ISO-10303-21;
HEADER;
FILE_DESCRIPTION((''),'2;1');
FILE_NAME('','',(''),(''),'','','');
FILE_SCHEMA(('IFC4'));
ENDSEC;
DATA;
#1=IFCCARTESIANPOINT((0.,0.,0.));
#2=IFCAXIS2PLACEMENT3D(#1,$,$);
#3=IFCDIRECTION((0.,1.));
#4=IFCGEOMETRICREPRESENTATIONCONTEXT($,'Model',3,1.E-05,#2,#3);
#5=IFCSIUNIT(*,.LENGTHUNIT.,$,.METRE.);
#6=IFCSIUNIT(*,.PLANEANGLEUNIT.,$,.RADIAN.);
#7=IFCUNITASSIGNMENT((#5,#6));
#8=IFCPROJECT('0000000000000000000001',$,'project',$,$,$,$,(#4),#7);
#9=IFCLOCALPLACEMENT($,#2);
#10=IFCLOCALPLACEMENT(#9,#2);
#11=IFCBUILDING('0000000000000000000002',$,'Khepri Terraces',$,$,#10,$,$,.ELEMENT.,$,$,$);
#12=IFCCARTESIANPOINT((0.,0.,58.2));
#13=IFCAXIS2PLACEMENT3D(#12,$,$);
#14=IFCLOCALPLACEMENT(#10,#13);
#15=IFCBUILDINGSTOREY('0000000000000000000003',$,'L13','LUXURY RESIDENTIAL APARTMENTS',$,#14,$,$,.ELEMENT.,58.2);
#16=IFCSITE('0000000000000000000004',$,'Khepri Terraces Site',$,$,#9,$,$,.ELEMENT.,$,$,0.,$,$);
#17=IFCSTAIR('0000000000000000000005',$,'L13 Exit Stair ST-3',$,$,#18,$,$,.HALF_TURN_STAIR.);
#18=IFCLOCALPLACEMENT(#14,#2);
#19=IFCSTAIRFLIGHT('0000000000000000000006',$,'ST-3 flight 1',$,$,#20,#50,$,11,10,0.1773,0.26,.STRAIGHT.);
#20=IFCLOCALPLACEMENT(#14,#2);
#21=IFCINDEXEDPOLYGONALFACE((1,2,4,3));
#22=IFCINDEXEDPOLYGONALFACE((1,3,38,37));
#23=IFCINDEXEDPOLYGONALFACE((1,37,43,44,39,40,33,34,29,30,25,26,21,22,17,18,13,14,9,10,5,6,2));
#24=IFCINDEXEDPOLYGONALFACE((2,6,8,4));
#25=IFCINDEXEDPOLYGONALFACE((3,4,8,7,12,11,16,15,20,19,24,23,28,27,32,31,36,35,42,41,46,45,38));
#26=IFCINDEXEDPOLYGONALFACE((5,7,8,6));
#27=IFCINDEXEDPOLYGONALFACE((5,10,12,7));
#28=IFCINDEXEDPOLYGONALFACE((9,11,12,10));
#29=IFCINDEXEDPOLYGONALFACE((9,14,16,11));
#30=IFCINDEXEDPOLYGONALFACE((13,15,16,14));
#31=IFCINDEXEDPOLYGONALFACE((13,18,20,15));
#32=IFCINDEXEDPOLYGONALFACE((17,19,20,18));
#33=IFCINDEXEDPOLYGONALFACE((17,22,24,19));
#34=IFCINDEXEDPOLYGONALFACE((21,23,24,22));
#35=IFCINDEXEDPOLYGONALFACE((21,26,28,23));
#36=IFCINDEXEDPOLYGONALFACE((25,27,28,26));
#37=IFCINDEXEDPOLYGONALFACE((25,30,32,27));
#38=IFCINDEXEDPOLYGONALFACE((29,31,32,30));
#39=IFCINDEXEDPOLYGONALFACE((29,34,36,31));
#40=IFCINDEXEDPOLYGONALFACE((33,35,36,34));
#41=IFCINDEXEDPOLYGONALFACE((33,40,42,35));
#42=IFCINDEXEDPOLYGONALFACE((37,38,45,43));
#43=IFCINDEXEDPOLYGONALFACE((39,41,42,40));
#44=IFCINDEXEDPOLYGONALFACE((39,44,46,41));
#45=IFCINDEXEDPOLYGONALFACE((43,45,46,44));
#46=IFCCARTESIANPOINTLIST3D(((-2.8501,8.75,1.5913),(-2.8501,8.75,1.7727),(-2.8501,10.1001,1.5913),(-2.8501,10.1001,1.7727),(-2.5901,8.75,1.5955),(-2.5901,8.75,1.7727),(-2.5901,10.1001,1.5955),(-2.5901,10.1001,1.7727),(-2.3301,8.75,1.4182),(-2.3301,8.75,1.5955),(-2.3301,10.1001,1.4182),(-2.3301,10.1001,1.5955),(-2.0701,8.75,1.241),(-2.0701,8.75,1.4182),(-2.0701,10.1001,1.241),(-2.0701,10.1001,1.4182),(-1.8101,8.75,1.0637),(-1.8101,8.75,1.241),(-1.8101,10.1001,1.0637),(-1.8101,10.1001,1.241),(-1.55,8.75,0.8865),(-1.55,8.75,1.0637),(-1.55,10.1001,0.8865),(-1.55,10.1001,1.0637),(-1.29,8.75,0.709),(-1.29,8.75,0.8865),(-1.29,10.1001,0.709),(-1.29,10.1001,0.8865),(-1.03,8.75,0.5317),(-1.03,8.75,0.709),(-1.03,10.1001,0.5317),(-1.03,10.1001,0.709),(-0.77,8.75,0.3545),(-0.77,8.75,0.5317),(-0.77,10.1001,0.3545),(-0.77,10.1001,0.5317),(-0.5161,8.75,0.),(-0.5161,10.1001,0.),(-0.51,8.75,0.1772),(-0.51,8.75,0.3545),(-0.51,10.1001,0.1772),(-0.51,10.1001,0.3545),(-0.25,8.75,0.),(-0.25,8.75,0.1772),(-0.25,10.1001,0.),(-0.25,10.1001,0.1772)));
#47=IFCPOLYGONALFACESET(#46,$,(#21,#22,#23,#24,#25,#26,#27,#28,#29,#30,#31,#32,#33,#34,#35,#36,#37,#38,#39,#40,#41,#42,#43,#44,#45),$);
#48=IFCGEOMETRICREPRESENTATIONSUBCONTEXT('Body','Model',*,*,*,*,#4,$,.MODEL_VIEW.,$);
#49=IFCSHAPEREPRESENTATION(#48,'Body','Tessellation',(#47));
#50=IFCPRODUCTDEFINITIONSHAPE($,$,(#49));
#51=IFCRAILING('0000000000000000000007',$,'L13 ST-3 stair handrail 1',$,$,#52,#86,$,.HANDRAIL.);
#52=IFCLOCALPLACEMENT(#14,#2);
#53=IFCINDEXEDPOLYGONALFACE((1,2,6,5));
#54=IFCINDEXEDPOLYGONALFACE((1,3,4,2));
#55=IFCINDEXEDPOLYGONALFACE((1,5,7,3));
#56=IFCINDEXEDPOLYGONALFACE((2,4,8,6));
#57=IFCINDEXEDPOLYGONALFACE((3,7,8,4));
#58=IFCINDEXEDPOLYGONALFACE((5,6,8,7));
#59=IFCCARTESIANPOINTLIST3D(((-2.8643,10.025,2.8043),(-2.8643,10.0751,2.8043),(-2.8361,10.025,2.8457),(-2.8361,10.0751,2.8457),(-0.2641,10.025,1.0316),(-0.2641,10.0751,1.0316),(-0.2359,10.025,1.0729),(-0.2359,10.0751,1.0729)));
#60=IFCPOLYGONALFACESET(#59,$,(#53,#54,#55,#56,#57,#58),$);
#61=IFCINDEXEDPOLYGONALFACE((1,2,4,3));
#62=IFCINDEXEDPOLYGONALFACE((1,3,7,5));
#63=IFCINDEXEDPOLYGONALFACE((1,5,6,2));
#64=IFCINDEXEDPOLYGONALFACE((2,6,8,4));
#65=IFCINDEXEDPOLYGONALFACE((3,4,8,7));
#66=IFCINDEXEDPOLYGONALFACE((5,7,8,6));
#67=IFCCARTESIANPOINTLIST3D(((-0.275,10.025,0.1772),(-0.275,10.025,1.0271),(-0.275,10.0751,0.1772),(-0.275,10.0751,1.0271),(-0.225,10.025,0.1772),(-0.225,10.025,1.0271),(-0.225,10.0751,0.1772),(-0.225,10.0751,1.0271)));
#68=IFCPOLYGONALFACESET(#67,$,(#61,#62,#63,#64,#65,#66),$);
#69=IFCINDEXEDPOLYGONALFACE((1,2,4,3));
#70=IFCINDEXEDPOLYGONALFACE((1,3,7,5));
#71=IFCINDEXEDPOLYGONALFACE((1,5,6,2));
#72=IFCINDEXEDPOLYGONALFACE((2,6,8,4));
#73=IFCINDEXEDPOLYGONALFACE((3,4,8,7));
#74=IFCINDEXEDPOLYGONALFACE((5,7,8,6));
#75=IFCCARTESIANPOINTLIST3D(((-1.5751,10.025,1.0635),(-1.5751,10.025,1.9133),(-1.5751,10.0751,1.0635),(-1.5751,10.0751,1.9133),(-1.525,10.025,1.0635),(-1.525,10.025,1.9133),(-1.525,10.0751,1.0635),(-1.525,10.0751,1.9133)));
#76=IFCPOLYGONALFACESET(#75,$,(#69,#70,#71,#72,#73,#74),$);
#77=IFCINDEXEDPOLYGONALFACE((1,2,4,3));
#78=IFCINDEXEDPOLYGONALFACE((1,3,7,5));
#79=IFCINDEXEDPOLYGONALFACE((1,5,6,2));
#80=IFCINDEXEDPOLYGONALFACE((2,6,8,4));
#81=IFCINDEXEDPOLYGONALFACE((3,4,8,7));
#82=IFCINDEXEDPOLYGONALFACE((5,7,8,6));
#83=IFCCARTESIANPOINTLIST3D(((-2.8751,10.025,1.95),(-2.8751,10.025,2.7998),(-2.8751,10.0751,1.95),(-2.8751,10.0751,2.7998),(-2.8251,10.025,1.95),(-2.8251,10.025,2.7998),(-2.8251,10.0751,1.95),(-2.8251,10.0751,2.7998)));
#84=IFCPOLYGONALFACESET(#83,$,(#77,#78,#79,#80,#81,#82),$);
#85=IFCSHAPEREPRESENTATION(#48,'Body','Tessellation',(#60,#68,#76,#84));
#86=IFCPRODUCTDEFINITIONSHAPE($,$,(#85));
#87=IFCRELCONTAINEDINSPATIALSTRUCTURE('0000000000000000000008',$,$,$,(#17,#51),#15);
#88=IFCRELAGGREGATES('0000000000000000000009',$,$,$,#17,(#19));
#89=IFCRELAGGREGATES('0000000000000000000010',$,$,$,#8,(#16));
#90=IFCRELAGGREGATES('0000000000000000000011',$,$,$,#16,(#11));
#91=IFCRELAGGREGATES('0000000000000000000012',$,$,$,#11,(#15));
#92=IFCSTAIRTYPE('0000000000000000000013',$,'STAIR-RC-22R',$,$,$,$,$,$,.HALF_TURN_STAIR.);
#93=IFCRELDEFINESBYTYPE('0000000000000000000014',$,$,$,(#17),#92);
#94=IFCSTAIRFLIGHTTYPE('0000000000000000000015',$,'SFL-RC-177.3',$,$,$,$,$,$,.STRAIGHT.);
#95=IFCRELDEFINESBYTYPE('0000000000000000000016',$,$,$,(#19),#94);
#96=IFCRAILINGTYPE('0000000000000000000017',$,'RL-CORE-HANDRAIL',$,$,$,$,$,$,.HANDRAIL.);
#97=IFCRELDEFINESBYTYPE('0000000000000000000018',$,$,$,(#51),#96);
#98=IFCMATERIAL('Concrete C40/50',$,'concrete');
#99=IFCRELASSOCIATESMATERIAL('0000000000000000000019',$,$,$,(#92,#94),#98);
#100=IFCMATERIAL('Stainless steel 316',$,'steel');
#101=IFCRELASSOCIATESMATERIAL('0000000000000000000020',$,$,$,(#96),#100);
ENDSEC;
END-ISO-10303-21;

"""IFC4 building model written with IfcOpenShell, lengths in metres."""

from ifc_helpers import new_model, si_unit, direction, frame, origin, origin_2d, place, context, subcontext, project, spatial, polyline, rectangle, outline, extrude, material, type_object, element, aggregate, save


model = new_model("IFC4")

# Units and contexts
model_context = context("Model", 3, precision=1e-05, world=origin(), true_north=direction((0.0, 1.0)))
body_context = subcontext(model_context, "Body", "Model", "MODEL_VIEW")
ifc_project = project(units=[si_unit("LENGTHUNIT", "METRE"), si_unit("PLANEANGLEUNIT", "RADIAN")], contexts=[model_context])

# Site, building, storey
site_placement = place(None, origin())
site = spatial("IfcSite", under=ifc_project, at=site_placement, Name="Khepri Terraces Site", CompositionType="ELEMENT", RefElevation=0.0)
building_placement = place(site_placement, origin())
building = spatial("IfcBuilding", under=site, at=building_placement, Name="Khepri Terraces", CompositionType="ELEMENT")
storey_placement = place(building_placement, frame((0.0, 0.0, 58.2)))
storey = spatial("IfcBuildingStorey", under=building, at=storey_placement, Name="L13", Description="LUXURY RESIDENTIAL APARTMENTS", CompositionType="ELEMENT", Elevation=58.2)

# Stair, stair flight
ifc_material_1 = material(Name="Concrete C40/50", Category="concrete")
stair_type = type_object("IfcStairType", Name="STAIR-RC-22R", PredefinedType="HALF_TURN_STAIR", material=ifc_material_1)
stair_placement = place(storey_placement, origin())
stair = element("IfcStair", 1, at=stair_placement, inside=storey, type_object=stair_type, Name="L13 Exit Stair ST-3", PredefinedType="HALF_TURN_STAIR")
stair_flight_type = type_object("IfcStairFlightType", Name="SFL-RC-177.3", PredefinedType="STRAIGHT", material=ifc_material_1)
stair_flight_placement = place(storey_placement, frame((-0.25, 9.425, 0.0), z_axis=(0.0, 0.0, 1.0), x_axis=(-1.0, 0.0, 0.0)))
stair_flight = element("IfcStairFlight", 2, at=stair_flight_placement, type_object=stair_flight_type, Name="ST-3 flight 1", NumberOfRisers=11, NumberOfTreads=10, PredefinedType="STRAIGHT", RiserHeight=0.1773, TreadLength=0.26, context=body_context, shape_type="SweptSolid", body=[
    extrude(outline(polyline([(0.0, 0.0), (0.0, 0.1772), (0.26, 0.1772), (0.26, 0.3545), (0.52, 0.3545), (0.52, 0.5317), (0.78, 0.5317), (0.78, 0.709), (1.04, 0.709), (1.04, 0.8865), (1.3, 0.8865), (1.3, 1.0637), (1.5601, 1.0637), (1.5601, 1.241), (1.8201, 1.241), (1.8201, 1.4182), (2.0801, 1.4182), (2.0801, 1.5955), (2.3401, 1.5955), (2.3401, 1.7727), (2.6001, 1.7727), (2.6001, 1.95), (2.6001, 1.5913), (0.2661, 0.0), (0.0, 0.0)])), frame((0.0, 0.675, 0.0), z_axis=(0.0, -1.0, 0.0), x_axis=(1.0, 0.0, 0.0)), (0.0, 0.0, 1.0), 1.3501),
])
aggregate(stair, [stair_flight])

# Railing
ifc_material_2 = material(Name="Stainless steel 316", Category="steel")
railing_type = type_object("IfcRailingType", Name="RL-CORE-HANDRAIL", PredefinedType="HANDRAIL", material=ifc_material_2)
railing_placement = place(storey_placement, frame((-0.25, 10.05, 0.1772)))
element("IfcRailing", 3, at=railing_placement, inside=storey, type_object=railing_type, Name="L13 ST-3 stair handrail 1", PredefinedType="HANDRAIL", context=body_context, shape_type="SweptSolid", body=[
    extrude(rectangle(XDim=0.05, YDim=0.05, at=origin_2d()), frame((0.0, 0.0, 0.875), z_axis=(-0.82624, 0.0, 0.563318), x_axis=(0.0, -1.0, 0.0)), (0.0, 0.0, 1.0), 3.147),
    extrude(rectangle(XDim=0.05, YDim=0.05, at=origin_2d()), origin(), (0.0, 0.0, 1.0), 0.8499),
    extrude(rectangle(XDim=0.05, YDim=0.05, at=origin_2d()), frame((-1.3, 0.0, 0.8862)), (0.0, 0.0, 1.0), 0.8499),
    extrude(rectangle(XDim=0.05, YDim=0.05, at=origin_2d()), frame((-2.6001, 0.0, 1.7727)), (0.0, 0.0, 1.0), 0.8499),
])

save(model, "model.ifc")
